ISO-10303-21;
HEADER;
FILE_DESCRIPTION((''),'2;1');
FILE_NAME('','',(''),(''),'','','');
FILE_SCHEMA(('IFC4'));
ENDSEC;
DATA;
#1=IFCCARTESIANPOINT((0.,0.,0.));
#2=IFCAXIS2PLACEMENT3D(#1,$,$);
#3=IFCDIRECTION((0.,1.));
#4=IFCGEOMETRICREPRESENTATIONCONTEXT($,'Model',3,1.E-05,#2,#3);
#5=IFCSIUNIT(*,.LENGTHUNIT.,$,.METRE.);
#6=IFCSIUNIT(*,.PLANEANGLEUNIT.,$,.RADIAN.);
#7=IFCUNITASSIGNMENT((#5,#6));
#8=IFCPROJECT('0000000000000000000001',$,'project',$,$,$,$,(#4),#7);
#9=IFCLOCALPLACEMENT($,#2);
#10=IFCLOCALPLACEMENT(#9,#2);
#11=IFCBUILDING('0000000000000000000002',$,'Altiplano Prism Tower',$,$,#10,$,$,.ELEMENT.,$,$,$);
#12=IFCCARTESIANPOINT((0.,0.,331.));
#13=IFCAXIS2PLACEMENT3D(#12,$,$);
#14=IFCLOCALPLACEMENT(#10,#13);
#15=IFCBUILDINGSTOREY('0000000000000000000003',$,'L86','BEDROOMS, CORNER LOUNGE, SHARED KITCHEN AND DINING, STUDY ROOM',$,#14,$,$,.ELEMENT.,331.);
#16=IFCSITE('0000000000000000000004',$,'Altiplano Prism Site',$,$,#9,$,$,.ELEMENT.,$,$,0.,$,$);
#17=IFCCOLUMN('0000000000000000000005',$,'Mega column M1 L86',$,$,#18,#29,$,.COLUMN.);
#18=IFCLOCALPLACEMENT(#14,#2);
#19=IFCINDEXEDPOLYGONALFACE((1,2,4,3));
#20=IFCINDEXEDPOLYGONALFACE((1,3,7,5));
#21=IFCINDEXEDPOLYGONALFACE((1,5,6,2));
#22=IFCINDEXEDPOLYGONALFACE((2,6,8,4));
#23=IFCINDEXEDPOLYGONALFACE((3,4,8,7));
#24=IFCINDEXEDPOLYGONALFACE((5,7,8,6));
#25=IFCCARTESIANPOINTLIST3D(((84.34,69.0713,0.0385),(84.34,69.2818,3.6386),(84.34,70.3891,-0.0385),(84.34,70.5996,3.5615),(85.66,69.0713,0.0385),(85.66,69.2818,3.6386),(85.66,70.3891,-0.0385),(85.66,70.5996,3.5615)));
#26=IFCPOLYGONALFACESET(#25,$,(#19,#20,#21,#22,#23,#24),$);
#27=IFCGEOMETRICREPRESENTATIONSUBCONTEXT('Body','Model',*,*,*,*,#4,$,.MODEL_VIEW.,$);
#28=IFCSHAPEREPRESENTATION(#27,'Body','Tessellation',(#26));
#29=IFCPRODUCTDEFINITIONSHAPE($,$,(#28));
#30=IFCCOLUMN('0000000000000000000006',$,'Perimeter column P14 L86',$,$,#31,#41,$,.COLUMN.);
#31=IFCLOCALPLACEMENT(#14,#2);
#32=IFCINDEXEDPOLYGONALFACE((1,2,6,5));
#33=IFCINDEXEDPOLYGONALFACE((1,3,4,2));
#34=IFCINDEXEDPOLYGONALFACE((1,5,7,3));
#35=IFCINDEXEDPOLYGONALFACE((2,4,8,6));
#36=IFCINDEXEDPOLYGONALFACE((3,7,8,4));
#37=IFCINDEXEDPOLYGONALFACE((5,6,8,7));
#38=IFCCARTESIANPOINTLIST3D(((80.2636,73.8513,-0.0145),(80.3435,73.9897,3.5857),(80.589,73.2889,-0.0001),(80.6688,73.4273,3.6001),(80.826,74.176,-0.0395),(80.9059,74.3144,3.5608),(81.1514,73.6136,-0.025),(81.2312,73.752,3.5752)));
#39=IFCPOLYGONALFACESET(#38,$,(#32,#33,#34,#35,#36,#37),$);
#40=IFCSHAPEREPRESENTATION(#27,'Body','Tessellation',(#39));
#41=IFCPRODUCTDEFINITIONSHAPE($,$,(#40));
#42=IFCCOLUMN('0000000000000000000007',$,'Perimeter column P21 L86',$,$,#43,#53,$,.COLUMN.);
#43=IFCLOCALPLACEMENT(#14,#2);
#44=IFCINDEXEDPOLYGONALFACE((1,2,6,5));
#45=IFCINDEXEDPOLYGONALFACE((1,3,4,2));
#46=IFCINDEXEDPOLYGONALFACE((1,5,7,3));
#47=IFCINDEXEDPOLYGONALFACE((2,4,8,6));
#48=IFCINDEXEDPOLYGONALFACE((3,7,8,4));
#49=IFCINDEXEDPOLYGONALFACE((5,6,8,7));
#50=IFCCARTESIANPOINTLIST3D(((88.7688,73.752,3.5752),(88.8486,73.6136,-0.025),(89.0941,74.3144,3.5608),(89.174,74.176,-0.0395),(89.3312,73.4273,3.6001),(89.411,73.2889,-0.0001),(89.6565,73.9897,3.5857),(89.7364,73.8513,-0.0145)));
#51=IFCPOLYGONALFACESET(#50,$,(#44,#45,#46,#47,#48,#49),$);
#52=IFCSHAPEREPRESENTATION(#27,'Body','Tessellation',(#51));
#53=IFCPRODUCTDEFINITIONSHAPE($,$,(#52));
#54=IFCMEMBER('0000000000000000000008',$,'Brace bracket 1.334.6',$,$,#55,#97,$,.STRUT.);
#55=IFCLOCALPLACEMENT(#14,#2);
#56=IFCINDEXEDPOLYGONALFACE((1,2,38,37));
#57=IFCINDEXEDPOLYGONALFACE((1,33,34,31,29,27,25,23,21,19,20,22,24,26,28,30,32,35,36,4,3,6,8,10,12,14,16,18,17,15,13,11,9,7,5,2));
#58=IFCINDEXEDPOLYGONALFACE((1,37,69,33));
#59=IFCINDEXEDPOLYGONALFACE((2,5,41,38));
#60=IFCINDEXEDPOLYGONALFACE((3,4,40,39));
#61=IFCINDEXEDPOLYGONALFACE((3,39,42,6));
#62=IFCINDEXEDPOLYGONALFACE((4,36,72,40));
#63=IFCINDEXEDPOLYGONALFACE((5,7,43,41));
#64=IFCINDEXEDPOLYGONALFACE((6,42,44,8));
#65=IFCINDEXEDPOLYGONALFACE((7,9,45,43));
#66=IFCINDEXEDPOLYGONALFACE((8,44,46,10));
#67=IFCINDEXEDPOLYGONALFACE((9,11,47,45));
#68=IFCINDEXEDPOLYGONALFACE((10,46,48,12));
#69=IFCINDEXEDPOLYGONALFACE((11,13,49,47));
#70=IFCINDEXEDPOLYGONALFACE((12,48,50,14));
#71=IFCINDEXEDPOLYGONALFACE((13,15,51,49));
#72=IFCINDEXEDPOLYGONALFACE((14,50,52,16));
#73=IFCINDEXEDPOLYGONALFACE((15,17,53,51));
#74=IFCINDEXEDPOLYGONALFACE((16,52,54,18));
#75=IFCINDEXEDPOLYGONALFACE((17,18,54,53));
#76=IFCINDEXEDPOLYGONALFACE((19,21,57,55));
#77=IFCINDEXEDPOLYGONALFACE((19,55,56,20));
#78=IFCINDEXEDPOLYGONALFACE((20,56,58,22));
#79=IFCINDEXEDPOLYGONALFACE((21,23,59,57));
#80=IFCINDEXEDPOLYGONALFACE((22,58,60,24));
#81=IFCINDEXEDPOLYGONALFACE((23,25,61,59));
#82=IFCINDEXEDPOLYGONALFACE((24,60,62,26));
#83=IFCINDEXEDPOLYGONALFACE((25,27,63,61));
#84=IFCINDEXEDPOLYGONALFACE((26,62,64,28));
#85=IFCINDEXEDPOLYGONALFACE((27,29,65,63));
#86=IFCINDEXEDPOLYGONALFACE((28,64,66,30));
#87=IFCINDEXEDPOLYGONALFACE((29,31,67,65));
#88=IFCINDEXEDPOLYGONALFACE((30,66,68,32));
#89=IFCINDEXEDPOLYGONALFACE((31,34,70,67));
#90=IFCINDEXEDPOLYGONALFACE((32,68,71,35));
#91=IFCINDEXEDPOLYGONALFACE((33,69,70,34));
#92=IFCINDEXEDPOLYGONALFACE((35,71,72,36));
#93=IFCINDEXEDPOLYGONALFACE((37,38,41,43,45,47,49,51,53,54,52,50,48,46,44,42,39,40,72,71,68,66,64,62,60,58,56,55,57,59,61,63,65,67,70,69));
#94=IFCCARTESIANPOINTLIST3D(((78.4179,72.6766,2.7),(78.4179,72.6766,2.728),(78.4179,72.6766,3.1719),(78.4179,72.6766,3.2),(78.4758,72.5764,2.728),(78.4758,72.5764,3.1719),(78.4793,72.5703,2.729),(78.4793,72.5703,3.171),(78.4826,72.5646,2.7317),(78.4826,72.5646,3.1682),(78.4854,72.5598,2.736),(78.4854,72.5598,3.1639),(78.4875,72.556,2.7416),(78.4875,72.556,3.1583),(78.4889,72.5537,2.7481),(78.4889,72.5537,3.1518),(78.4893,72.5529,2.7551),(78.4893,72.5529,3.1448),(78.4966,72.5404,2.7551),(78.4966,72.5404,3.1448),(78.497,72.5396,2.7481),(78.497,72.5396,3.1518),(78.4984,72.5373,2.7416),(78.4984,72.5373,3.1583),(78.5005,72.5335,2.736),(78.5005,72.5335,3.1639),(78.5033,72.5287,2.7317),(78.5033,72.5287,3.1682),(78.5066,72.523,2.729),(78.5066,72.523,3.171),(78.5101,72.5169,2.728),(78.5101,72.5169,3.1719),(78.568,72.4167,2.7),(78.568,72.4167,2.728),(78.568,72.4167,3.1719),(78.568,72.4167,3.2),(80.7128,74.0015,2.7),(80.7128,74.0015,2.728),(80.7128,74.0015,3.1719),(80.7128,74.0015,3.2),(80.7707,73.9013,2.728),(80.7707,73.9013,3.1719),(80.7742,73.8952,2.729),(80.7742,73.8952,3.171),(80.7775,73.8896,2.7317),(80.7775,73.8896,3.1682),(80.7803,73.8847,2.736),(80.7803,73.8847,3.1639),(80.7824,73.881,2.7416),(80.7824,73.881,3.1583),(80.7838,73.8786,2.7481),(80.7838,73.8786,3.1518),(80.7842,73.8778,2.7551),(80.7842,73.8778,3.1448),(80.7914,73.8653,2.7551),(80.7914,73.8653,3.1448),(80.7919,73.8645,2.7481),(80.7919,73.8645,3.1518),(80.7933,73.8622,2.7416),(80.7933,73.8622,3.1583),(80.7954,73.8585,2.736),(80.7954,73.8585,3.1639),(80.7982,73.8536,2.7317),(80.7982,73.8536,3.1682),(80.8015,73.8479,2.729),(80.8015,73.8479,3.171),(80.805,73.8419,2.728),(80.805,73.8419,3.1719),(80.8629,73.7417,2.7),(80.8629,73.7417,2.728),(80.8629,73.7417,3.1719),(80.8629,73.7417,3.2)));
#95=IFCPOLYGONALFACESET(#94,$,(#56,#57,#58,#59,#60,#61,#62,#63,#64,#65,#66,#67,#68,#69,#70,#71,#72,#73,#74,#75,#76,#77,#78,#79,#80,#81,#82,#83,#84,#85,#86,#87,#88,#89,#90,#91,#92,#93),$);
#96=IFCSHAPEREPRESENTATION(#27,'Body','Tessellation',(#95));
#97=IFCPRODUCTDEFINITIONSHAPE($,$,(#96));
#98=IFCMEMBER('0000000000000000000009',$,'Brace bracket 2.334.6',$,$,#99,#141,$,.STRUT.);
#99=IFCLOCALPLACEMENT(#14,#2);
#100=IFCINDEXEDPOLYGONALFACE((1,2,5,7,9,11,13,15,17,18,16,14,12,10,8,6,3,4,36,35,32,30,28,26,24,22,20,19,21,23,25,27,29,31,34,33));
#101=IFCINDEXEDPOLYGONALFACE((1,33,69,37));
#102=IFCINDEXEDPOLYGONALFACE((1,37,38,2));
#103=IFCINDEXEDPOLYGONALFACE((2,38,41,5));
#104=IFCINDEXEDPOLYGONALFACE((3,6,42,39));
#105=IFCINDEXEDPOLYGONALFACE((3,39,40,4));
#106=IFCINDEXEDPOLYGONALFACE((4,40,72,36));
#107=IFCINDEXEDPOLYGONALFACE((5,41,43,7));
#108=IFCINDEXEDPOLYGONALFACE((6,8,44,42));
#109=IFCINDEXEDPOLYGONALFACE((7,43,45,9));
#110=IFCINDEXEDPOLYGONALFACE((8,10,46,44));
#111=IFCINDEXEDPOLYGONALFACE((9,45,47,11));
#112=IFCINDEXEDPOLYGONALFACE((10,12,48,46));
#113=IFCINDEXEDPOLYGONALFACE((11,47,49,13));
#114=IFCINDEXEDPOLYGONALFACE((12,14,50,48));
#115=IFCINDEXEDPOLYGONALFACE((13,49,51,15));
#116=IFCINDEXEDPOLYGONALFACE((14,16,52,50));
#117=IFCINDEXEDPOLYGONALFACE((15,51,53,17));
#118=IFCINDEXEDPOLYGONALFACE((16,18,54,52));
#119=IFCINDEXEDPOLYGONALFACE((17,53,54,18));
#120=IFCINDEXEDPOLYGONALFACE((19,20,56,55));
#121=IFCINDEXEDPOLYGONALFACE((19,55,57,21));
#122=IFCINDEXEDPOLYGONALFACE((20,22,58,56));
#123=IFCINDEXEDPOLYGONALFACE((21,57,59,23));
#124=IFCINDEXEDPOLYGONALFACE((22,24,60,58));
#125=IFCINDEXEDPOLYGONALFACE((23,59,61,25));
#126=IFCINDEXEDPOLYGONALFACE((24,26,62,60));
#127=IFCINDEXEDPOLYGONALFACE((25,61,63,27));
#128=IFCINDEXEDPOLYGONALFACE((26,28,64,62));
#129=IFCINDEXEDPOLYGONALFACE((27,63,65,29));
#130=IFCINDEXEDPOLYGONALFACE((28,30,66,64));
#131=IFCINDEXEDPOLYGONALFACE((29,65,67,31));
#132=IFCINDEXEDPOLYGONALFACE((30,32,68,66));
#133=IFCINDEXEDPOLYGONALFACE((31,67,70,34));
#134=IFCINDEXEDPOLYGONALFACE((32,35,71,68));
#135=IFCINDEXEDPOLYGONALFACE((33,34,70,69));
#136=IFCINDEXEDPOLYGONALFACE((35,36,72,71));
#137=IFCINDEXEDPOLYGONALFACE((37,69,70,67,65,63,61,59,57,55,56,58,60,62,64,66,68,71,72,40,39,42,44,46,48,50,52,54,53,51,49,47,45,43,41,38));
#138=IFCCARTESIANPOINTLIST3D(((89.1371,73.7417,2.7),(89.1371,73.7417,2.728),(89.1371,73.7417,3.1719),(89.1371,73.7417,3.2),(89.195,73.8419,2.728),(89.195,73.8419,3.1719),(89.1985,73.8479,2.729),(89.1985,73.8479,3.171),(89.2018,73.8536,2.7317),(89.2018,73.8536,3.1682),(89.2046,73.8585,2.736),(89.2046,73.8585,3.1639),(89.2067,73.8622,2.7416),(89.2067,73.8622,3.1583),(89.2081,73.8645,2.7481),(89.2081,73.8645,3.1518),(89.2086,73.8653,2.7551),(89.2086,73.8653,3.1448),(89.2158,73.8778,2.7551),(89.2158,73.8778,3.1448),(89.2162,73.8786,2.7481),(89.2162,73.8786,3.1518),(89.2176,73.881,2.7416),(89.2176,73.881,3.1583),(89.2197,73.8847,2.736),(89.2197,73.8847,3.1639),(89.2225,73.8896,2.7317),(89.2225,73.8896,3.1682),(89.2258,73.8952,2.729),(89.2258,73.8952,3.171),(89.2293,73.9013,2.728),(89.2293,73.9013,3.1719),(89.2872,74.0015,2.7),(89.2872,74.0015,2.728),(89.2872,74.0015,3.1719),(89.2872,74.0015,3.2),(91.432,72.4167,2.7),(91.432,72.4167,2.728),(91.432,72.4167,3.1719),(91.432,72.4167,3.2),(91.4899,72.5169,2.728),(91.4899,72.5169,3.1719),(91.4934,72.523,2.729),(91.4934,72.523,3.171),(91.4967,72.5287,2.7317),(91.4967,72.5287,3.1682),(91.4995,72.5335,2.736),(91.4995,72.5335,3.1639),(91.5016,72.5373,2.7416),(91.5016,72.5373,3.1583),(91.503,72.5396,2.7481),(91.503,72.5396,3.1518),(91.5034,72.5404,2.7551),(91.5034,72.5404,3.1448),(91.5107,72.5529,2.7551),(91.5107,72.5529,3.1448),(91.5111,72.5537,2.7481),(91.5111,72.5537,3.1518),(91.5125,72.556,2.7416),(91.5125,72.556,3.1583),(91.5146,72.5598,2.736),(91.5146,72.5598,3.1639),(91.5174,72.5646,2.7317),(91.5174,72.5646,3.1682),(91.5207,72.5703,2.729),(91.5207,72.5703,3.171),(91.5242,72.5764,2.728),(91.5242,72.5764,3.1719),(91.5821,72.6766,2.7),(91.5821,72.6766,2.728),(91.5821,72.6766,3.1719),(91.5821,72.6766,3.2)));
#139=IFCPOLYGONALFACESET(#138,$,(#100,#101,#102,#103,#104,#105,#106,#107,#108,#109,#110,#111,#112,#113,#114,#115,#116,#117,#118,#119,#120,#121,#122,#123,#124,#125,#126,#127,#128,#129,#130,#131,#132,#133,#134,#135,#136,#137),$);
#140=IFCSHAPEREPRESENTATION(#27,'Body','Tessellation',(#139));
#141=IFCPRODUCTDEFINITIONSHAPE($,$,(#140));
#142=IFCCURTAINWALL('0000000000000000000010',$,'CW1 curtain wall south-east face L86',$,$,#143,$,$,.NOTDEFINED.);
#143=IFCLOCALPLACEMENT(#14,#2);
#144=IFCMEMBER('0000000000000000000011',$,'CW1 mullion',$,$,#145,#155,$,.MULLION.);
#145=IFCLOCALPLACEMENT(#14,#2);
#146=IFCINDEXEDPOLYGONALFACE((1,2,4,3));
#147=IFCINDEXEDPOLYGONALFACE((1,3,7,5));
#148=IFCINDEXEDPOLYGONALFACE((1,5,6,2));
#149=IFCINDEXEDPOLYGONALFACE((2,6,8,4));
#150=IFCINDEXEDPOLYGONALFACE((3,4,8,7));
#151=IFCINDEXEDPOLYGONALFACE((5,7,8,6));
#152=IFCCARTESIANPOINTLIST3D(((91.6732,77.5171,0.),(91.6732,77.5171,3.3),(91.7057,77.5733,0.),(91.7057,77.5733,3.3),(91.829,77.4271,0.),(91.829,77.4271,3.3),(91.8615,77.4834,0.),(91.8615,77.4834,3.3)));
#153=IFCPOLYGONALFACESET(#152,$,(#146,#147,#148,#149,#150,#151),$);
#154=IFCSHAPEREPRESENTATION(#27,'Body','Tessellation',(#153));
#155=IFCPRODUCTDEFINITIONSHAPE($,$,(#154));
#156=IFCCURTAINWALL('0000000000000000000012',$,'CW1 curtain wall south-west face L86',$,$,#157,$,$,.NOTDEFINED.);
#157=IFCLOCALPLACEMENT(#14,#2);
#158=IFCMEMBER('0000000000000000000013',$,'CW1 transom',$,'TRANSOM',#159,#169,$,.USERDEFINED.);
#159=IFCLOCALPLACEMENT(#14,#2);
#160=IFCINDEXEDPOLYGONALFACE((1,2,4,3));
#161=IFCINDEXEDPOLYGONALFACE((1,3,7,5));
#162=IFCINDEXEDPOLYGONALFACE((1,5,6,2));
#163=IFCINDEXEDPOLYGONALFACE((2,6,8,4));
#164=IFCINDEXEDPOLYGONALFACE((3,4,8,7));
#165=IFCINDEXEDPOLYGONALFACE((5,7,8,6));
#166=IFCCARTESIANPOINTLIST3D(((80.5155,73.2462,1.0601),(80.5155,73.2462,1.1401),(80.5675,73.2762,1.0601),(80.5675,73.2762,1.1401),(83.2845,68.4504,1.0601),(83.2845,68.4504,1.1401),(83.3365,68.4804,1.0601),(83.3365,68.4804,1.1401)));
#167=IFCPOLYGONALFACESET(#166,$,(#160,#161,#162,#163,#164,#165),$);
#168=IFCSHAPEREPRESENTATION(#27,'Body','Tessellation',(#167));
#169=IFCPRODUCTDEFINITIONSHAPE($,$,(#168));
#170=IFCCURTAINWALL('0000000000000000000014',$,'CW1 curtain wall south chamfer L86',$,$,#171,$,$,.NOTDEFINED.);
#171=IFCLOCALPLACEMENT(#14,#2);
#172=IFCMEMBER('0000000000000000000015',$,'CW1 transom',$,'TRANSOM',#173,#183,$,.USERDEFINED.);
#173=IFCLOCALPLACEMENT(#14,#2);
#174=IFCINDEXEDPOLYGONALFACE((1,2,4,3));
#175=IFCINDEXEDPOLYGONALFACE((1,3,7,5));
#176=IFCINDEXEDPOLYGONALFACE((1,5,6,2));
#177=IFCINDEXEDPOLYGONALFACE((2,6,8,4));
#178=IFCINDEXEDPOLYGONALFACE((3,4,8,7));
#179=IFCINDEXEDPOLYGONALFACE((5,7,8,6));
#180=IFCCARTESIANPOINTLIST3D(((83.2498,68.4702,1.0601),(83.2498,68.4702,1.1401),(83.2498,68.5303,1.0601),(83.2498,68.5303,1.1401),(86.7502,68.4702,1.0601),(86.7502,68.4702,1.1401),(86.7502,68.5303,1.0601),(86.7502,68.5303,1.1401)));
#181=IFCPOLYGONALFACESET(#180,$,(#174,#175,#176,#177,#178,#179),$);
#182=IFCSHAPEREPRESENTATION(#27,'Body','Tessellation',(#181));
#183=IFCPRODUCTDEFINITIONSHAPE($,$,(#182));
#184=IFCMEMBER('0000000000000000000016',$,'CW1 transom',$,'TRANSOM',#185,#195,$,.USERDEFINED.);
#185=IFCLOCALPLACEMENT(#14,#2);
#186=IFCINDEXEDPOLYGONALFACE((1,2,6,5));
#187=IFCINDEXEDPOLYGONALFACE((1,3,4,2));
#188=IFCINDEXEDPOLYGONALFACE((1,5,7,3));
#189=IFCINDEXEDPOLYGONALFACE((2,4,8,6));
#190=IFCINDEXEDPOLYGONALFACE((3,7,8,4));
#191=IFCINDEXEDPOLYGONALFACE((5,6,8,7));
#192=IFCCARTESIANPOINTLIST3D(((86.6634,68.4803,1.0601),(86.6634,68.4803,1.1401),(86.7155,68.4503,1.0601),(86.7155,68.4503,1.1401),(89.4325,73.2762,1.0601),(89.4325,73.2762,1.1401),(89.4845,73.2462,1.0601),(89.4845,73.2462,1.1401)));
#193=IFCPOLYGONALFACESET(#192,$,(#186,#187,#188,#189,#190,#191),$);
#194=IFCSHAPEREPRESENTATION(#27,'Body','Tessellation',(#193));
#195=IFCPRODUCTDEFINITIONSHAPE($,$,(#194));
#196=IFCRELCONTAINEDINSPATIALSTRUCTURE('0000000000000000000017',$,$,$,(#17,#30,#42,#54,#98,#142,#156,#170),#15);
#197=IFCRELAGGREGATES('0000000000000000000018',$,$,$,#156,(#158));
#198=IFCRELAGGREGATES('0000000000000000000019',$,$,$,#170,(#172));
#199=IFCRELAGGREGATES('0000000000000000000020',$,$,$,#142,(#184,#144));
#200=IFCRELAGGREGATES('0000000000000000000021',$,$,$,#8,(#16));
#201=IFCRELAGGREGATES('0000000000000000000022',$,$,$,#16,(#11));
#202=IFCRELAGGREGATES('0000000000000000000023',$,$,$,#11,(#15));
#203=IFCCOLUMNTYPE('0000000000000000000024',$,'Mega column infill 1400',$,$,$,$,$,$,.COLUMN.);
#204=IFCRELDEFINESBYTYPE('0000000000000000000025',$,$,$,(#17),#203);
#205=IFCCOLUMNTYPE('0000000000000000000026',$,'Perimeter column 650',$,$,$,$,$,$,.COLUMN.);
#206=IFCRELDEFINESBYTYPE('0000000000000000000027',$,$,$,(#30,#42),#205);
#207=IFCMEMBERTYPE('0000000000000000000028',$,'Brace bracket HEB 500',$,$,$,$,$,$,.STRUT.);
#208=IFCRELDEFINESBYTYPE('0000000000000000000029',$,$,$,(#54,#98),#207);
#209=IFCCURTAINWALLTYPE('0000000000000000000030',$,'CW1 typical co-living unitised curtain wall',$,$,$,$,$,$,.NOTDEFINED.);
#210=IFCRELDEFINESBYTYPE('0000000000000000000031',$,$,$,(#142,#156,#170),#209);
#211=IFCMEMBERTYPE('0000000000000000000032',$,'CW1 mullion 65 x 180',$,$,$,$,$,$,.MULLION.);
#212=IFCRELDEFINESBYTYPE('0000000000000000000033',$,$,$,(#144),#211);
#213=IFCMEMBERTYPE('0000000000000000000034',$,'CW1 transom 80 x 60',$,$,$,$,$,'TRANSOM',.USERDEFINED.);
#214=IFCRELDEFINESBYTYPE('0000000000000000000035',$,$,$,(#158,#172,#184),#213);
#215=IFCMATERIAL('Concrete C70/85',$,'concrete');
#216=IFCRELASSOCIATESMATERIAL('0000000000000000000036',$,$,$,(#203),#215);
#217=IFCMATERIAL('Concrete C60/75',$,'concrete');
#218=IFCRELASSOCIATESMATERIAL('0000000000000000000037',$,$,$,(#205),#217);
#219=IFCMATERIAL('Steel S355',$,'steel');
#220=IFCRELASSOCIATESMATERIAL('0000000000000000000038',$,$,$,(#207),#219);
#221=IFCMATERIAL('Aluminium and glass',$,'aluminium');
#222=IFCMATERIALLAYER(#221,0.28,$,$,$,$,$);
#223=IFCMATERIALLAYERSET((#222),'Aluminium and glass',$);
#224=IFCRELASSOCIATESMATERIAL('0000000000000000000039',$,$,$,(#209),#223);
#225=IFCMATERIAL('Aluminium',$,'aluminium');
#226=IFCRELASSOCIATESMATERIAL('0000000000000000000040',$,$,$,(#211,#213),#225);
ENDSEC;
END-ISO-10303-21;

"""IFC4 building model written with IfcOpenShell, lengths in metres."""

from ifc_helpers import new_model, si_unit, direction, frame, origin, origin_2d, place, context, subcontext, project, spatial, rectangle, i_section, extrude, material, layer, layer_set, material_profile, profile_set, type_object, element, aggregate, save


model = new_model("IFC4")

# Units and contexts
model_context = context("Model", 3, precision=1e-05, world=origin(), true_north=direction((0.0, 1.0)))
body_context = subcontext(model_context, "Body", "Model", "MODEL_VIEW")
ifc_project = project(units=[si_unit("LENGTHUNIT", "METRE"), si_unit("PLANEANGLEUNIT", "RADIAN")], contexts=[model_context])

# Site, building, storey
site_placement = place(None, origin())
site = spatial("IfcSite", under=ifc_project, at=site_placement, Name="Altiplano Prism Site", CompositionType="ELEMENT", RefElevation=0.0)
building_placement = place(site_placement, origin())
building = spatial("IfcBuilding", under=site, at=building_placement, Name="Altiplano Prism Tower", CompositionType="ELEMENT")
storey_placement = place(building_placement, frame((0.0, 0.0, 331.0)))
storey = spatial("IfcBuildingStorey", under=building, at=storey_placement, Name="L86", Description="BEDROOMS, CORNER LOUNGE, SHARED KITCHEN AND DINING, STUDY ROOM", CompositionType="ELEMENT", Elevation=331.0)

# Columns
ifc_material_1 = material(Name="Concrete C70/85", Category="concrete")
ifc_material_profile_1 = material_profile(ifc_material_1, rectangle(XDim=1.3201, YDim=1.3201, at=origin_2d()), Name="Mega column infill 1400")
ifc_profile_set_1 = profile_set([ifc_material_profile_1], Name="Concrete C70/85")
column_type_1 = type_object("IfcColumnType", Name="Mega column infill 1400", PredefinedType="COLUMN", material=ifc_profile_set_1)
column_placement = place(storey_placement, frame((85.0, 69.7302, 0.0), z_axis=(0.0, 0.058357, 0.998296), x_axis=(-1.0, 0.0, 0.0)))
element("IfcColumn", 1, at=column_placement, inside=storey, type_object=column_type_1, Name="Mega column M1 L86", PredefinedType="COLUMN", context=body_context, shape_type="SweptSolid", body=[
    extrude(rectangle(XDim=1.3201, YDim=1.3201, at=origin_2d()), origin(), (0.0, 0.0, 1.0), 3.6062),
])
ifc_material_2 = material(Name="Concrete C60/75", Category="concrete")
ifc_material_profile_2 = material_profile(ifc_material_2, rectangle(XDim=0.6499, YDim=0.6499, at=origin_2d()), Name="Perimeter column 650")
ifc_profile_set_2 = profile_set([ifc_material_profile_2], Name="Concrete C60/75")
column_type_2 = type_object("IfcColumnType", Name="Perimeter column 650", PredefinedType="COLUMN", material=ifc_profile_set_2)
for number, where, z_axis, x_axis, name in (
    (2, (80.7075, 73.7324, -0.0198), (0.022154, 0.038413, 0.999016), (-0.865365, -0.499668, 0.038403), "Perimeter column P14 L86"),
    (3, (89.2925, 73.7324, -0.0198), (-0.022154, 0.038413, 0.999016), (-0.500652, -0.865365, 0.022172), "Perimeter column P21 L86"),
):
    element("IfcColumn", number, at=place(storey_placement, frame(where, z_axis=z_axis, x_axis=x_axis)), inside=storey, type_object=column_type_2, Name=name, PredefinedType="COLUMN", context=body_context, shape_type="SweptSolid", body=[
        extrude(rectangle(XDim=0.6499, YDim=0.6499, at=origin_2d()), origin(), (0.0, 0.0, 1.0), 3.6038),
    ])

# Members
ifc_material_3 = material(Name="Steel S355", Category="steel")
ifc_material_profile_3 = material_profile(ifc_material_3, i_section(OverallWidth=0.3, OverallDepth=0.5, WebThickness=0.0144, FlangeThickness=0.0281, FilletRadius=0.0271, at=origin_2d()), Name="Brace bracket HEB 500")
ifc_profile_set_3 = profile_set([ifc_material_profile_3], Name="Steel S355")
member_type_1 = type_object("IfcMemberType", Name="Brace bracket HEB 500", PredefinedType="STRUT", material=ifc_profile_set_3)
for number, where, z_axis, x_axis, name in (
    (4, (80.7878, 73.8716, 2.95), (-0.866029, -0.499994, 0.0), (0.499994, -0.866029, 0.0), "Brace bracket 1.334.6"),
    (5, (89.2122, 73.8716, 2.95), (0.866029, -0.499994, 0.0), (0.499994, 0.866029, 0.0), "Brace bracket 2.334.6"),
):
    element("IfcMember", number, at=place(storey_placement, frame(where, z_axis=z_axis, x_axis=x_axis)), inside=storey, type_object=member_type_1, Name=name, PredefinedType="STRUT", context=body_context, shape_type="SweptSolid", body=[
        extrude(i_section(OverallWidth=0.3, OverallDepth=0.5, WebThickness=0.0144, FlangeThickness=0.0281, FilletRadius=0.0271, at=origin_2d()), origin(), (0.0, 0.0, 1.0), 2.6499),
    ])

# Curtain walls, members
ifc_material_4 = material(Name="Aluminium and glass", Category="aluminium")
ifc_layer_1 = layer(ifc_material_4, 0.28)
ifc_layer_set_1 = layer_set([ifc_layer_1], Name="Aluminium and glass")
curtain_wall_type = type_object("IfcCurtainWallType", Name="CW1 typical co-living unitised curtain wall", PredefinedType="NOTDEFINED", material=ifc_layer_set_1)
curtain_wall_1_placement = place(storey_placement, origin())
curtain_wall_1 = element("IfcCurtainWall", 6, at=curtain_wall_1_placement, inside=storey, type_object=curtain_wall_type, Name="CW1 curtain wall south-east face L86", PredefinedType="NOTDEFINED")
ifc_material_5 = material(Name="Aluminium", Category="aluminium")
ifc_material_profile_4 = material_profile(ifc_material_5, rectangle(XDim=0.1799, YDim=0.0649, at=origin_2d()), Name="CW1 mullion 65 x 180")
ifc_profile_set_4 = profile_set([ifc_material_profile_4], Name="Aluminium")
member_type_2 = type_object("IfcMemberType", Name="CW1 mullion 65 x 180", PredefinedType="MULLION", material=ifc_profile_set_4)
member_1_placement = place(storey_placement, frame((91.7673, 77.5002, 0.0), z_axis=(0.0, 0.0, 1.0), x_axis=(-0.866025, 0.5, 0.0)))
member_1 = element("IfcMember", 7, at=member_1_placement, type_object=member_type_2, Name="CW1 mullion", PredefinedType="MULLION", context=body_context, shape_type="SweptSolid", body=[
    extrude(rectangle(XDim=0.1799, YDim=0.0649, at=origin_2d()), origin(), (0.0, 0.0, 1.0), 3.3),
])
curtain_wall_2_placement = place(storey_placement, origin())
curtain_wall_2 = element("IfcCurtainWall", 8, at=curtain_wall_2_placement, inside=storey, type_object=curtain_wall_type, Name="CW1 curtain wall south-west face L86", PredefinedType="NOTDEFINED")
ifc_material_profile_5 = material_profile(ifc_material_5, rectangle(XDim=0.0601, YDim=0.0801, at=origin_2d()), Name="CW1 transom 80 x 60")
ifc_profile_set_5 = profile_set([ifc_material_profile_5], Name="Aluminium")
member_type_3 = type_object("IfcMemberType", Name="CW1 transom 80 x 60", ElementType="TRANSOM", PredefinedType="USERDEFINED", material=ifc_profile_set_5)
member_2_placement = place(storey_placement, frame((80.5415, 73.2612, 1.1001), z_axis=(0.500018, -0.866015, 0.0), x_axis=(0.866015, 0.500018, 0.0)))
member_2 = element("IfcMember", 9, at=member_2_placement, type_object=member_type_3, Name="CW1 transom", ObjectType="TRANSOM", PredefinedType="USERDEFINED", context=body_context, shape_type="SweptSolid", body=[
    extrude(rectangle(XDim=0.0601, YDim=0.0801, at=origin_2d()), origin(), (0.0, 0.0, 1.0), 5.5378),
])
curtain_wall_3_placement = place(storey_placement, origin())
curtain_wall_3 = element("IfcCurtainWall", 10, at=curtain_wall_3_placement, inside=storey, type_object=curtain_wall_type, Name="CW1 curtain wall south chamfer L86", PredefinedType="NOTDEFINED")
member_3_placement = place(storey_placement, frame((83.2498, 68.5002, 1.1001), z_axis=(1.0, 0.0, 0.0), x_axis=(0.0, 1.0, 0.0)))
member_3 = element("IfcMember", 11, at=member_3_placement, type_object=member_type_3, Name="CW1 transom", ObjectType="TRANSOM", PredefinedType="USERDEFINED", context=body_context, shape_type="SweptSolid", body=[
    extrude(rectangle(XDim=0.0601, YDim=0.0801, at=origin_2d()), origin(), (0.0, 0.0, 1.0), 3.5005),
])

# Member
member_4_placement = place(storey_placement, frame((86.6895, 68.4653, 1.1001), z_axis=(0.500018, 0.866015, 0.0), x_axis=(-0.866015, 0.500018, 0.0)))
member_4 = element("IfcMember", 12, at=member_4_placement, type_object=member_type_3, Name="CW1 transom", ObjectType="TRANSOM", PredefinedType="USERDEFINED", context=body_context, shape_type="SweptSolid", body=[
    extrude(rectangle(XDim=0.0601, YDim=0.0801, at=origin_2d()), origin(), (0.0, 0.0, 1.0), 5.5378),
])

aggregate(curtain_wall_2, [member_2])
aggregate(curtain_wall_3, [member_3])
aggregate(curtain_wall_1, [member_4, member_1])

save(model, "model.ifc")
